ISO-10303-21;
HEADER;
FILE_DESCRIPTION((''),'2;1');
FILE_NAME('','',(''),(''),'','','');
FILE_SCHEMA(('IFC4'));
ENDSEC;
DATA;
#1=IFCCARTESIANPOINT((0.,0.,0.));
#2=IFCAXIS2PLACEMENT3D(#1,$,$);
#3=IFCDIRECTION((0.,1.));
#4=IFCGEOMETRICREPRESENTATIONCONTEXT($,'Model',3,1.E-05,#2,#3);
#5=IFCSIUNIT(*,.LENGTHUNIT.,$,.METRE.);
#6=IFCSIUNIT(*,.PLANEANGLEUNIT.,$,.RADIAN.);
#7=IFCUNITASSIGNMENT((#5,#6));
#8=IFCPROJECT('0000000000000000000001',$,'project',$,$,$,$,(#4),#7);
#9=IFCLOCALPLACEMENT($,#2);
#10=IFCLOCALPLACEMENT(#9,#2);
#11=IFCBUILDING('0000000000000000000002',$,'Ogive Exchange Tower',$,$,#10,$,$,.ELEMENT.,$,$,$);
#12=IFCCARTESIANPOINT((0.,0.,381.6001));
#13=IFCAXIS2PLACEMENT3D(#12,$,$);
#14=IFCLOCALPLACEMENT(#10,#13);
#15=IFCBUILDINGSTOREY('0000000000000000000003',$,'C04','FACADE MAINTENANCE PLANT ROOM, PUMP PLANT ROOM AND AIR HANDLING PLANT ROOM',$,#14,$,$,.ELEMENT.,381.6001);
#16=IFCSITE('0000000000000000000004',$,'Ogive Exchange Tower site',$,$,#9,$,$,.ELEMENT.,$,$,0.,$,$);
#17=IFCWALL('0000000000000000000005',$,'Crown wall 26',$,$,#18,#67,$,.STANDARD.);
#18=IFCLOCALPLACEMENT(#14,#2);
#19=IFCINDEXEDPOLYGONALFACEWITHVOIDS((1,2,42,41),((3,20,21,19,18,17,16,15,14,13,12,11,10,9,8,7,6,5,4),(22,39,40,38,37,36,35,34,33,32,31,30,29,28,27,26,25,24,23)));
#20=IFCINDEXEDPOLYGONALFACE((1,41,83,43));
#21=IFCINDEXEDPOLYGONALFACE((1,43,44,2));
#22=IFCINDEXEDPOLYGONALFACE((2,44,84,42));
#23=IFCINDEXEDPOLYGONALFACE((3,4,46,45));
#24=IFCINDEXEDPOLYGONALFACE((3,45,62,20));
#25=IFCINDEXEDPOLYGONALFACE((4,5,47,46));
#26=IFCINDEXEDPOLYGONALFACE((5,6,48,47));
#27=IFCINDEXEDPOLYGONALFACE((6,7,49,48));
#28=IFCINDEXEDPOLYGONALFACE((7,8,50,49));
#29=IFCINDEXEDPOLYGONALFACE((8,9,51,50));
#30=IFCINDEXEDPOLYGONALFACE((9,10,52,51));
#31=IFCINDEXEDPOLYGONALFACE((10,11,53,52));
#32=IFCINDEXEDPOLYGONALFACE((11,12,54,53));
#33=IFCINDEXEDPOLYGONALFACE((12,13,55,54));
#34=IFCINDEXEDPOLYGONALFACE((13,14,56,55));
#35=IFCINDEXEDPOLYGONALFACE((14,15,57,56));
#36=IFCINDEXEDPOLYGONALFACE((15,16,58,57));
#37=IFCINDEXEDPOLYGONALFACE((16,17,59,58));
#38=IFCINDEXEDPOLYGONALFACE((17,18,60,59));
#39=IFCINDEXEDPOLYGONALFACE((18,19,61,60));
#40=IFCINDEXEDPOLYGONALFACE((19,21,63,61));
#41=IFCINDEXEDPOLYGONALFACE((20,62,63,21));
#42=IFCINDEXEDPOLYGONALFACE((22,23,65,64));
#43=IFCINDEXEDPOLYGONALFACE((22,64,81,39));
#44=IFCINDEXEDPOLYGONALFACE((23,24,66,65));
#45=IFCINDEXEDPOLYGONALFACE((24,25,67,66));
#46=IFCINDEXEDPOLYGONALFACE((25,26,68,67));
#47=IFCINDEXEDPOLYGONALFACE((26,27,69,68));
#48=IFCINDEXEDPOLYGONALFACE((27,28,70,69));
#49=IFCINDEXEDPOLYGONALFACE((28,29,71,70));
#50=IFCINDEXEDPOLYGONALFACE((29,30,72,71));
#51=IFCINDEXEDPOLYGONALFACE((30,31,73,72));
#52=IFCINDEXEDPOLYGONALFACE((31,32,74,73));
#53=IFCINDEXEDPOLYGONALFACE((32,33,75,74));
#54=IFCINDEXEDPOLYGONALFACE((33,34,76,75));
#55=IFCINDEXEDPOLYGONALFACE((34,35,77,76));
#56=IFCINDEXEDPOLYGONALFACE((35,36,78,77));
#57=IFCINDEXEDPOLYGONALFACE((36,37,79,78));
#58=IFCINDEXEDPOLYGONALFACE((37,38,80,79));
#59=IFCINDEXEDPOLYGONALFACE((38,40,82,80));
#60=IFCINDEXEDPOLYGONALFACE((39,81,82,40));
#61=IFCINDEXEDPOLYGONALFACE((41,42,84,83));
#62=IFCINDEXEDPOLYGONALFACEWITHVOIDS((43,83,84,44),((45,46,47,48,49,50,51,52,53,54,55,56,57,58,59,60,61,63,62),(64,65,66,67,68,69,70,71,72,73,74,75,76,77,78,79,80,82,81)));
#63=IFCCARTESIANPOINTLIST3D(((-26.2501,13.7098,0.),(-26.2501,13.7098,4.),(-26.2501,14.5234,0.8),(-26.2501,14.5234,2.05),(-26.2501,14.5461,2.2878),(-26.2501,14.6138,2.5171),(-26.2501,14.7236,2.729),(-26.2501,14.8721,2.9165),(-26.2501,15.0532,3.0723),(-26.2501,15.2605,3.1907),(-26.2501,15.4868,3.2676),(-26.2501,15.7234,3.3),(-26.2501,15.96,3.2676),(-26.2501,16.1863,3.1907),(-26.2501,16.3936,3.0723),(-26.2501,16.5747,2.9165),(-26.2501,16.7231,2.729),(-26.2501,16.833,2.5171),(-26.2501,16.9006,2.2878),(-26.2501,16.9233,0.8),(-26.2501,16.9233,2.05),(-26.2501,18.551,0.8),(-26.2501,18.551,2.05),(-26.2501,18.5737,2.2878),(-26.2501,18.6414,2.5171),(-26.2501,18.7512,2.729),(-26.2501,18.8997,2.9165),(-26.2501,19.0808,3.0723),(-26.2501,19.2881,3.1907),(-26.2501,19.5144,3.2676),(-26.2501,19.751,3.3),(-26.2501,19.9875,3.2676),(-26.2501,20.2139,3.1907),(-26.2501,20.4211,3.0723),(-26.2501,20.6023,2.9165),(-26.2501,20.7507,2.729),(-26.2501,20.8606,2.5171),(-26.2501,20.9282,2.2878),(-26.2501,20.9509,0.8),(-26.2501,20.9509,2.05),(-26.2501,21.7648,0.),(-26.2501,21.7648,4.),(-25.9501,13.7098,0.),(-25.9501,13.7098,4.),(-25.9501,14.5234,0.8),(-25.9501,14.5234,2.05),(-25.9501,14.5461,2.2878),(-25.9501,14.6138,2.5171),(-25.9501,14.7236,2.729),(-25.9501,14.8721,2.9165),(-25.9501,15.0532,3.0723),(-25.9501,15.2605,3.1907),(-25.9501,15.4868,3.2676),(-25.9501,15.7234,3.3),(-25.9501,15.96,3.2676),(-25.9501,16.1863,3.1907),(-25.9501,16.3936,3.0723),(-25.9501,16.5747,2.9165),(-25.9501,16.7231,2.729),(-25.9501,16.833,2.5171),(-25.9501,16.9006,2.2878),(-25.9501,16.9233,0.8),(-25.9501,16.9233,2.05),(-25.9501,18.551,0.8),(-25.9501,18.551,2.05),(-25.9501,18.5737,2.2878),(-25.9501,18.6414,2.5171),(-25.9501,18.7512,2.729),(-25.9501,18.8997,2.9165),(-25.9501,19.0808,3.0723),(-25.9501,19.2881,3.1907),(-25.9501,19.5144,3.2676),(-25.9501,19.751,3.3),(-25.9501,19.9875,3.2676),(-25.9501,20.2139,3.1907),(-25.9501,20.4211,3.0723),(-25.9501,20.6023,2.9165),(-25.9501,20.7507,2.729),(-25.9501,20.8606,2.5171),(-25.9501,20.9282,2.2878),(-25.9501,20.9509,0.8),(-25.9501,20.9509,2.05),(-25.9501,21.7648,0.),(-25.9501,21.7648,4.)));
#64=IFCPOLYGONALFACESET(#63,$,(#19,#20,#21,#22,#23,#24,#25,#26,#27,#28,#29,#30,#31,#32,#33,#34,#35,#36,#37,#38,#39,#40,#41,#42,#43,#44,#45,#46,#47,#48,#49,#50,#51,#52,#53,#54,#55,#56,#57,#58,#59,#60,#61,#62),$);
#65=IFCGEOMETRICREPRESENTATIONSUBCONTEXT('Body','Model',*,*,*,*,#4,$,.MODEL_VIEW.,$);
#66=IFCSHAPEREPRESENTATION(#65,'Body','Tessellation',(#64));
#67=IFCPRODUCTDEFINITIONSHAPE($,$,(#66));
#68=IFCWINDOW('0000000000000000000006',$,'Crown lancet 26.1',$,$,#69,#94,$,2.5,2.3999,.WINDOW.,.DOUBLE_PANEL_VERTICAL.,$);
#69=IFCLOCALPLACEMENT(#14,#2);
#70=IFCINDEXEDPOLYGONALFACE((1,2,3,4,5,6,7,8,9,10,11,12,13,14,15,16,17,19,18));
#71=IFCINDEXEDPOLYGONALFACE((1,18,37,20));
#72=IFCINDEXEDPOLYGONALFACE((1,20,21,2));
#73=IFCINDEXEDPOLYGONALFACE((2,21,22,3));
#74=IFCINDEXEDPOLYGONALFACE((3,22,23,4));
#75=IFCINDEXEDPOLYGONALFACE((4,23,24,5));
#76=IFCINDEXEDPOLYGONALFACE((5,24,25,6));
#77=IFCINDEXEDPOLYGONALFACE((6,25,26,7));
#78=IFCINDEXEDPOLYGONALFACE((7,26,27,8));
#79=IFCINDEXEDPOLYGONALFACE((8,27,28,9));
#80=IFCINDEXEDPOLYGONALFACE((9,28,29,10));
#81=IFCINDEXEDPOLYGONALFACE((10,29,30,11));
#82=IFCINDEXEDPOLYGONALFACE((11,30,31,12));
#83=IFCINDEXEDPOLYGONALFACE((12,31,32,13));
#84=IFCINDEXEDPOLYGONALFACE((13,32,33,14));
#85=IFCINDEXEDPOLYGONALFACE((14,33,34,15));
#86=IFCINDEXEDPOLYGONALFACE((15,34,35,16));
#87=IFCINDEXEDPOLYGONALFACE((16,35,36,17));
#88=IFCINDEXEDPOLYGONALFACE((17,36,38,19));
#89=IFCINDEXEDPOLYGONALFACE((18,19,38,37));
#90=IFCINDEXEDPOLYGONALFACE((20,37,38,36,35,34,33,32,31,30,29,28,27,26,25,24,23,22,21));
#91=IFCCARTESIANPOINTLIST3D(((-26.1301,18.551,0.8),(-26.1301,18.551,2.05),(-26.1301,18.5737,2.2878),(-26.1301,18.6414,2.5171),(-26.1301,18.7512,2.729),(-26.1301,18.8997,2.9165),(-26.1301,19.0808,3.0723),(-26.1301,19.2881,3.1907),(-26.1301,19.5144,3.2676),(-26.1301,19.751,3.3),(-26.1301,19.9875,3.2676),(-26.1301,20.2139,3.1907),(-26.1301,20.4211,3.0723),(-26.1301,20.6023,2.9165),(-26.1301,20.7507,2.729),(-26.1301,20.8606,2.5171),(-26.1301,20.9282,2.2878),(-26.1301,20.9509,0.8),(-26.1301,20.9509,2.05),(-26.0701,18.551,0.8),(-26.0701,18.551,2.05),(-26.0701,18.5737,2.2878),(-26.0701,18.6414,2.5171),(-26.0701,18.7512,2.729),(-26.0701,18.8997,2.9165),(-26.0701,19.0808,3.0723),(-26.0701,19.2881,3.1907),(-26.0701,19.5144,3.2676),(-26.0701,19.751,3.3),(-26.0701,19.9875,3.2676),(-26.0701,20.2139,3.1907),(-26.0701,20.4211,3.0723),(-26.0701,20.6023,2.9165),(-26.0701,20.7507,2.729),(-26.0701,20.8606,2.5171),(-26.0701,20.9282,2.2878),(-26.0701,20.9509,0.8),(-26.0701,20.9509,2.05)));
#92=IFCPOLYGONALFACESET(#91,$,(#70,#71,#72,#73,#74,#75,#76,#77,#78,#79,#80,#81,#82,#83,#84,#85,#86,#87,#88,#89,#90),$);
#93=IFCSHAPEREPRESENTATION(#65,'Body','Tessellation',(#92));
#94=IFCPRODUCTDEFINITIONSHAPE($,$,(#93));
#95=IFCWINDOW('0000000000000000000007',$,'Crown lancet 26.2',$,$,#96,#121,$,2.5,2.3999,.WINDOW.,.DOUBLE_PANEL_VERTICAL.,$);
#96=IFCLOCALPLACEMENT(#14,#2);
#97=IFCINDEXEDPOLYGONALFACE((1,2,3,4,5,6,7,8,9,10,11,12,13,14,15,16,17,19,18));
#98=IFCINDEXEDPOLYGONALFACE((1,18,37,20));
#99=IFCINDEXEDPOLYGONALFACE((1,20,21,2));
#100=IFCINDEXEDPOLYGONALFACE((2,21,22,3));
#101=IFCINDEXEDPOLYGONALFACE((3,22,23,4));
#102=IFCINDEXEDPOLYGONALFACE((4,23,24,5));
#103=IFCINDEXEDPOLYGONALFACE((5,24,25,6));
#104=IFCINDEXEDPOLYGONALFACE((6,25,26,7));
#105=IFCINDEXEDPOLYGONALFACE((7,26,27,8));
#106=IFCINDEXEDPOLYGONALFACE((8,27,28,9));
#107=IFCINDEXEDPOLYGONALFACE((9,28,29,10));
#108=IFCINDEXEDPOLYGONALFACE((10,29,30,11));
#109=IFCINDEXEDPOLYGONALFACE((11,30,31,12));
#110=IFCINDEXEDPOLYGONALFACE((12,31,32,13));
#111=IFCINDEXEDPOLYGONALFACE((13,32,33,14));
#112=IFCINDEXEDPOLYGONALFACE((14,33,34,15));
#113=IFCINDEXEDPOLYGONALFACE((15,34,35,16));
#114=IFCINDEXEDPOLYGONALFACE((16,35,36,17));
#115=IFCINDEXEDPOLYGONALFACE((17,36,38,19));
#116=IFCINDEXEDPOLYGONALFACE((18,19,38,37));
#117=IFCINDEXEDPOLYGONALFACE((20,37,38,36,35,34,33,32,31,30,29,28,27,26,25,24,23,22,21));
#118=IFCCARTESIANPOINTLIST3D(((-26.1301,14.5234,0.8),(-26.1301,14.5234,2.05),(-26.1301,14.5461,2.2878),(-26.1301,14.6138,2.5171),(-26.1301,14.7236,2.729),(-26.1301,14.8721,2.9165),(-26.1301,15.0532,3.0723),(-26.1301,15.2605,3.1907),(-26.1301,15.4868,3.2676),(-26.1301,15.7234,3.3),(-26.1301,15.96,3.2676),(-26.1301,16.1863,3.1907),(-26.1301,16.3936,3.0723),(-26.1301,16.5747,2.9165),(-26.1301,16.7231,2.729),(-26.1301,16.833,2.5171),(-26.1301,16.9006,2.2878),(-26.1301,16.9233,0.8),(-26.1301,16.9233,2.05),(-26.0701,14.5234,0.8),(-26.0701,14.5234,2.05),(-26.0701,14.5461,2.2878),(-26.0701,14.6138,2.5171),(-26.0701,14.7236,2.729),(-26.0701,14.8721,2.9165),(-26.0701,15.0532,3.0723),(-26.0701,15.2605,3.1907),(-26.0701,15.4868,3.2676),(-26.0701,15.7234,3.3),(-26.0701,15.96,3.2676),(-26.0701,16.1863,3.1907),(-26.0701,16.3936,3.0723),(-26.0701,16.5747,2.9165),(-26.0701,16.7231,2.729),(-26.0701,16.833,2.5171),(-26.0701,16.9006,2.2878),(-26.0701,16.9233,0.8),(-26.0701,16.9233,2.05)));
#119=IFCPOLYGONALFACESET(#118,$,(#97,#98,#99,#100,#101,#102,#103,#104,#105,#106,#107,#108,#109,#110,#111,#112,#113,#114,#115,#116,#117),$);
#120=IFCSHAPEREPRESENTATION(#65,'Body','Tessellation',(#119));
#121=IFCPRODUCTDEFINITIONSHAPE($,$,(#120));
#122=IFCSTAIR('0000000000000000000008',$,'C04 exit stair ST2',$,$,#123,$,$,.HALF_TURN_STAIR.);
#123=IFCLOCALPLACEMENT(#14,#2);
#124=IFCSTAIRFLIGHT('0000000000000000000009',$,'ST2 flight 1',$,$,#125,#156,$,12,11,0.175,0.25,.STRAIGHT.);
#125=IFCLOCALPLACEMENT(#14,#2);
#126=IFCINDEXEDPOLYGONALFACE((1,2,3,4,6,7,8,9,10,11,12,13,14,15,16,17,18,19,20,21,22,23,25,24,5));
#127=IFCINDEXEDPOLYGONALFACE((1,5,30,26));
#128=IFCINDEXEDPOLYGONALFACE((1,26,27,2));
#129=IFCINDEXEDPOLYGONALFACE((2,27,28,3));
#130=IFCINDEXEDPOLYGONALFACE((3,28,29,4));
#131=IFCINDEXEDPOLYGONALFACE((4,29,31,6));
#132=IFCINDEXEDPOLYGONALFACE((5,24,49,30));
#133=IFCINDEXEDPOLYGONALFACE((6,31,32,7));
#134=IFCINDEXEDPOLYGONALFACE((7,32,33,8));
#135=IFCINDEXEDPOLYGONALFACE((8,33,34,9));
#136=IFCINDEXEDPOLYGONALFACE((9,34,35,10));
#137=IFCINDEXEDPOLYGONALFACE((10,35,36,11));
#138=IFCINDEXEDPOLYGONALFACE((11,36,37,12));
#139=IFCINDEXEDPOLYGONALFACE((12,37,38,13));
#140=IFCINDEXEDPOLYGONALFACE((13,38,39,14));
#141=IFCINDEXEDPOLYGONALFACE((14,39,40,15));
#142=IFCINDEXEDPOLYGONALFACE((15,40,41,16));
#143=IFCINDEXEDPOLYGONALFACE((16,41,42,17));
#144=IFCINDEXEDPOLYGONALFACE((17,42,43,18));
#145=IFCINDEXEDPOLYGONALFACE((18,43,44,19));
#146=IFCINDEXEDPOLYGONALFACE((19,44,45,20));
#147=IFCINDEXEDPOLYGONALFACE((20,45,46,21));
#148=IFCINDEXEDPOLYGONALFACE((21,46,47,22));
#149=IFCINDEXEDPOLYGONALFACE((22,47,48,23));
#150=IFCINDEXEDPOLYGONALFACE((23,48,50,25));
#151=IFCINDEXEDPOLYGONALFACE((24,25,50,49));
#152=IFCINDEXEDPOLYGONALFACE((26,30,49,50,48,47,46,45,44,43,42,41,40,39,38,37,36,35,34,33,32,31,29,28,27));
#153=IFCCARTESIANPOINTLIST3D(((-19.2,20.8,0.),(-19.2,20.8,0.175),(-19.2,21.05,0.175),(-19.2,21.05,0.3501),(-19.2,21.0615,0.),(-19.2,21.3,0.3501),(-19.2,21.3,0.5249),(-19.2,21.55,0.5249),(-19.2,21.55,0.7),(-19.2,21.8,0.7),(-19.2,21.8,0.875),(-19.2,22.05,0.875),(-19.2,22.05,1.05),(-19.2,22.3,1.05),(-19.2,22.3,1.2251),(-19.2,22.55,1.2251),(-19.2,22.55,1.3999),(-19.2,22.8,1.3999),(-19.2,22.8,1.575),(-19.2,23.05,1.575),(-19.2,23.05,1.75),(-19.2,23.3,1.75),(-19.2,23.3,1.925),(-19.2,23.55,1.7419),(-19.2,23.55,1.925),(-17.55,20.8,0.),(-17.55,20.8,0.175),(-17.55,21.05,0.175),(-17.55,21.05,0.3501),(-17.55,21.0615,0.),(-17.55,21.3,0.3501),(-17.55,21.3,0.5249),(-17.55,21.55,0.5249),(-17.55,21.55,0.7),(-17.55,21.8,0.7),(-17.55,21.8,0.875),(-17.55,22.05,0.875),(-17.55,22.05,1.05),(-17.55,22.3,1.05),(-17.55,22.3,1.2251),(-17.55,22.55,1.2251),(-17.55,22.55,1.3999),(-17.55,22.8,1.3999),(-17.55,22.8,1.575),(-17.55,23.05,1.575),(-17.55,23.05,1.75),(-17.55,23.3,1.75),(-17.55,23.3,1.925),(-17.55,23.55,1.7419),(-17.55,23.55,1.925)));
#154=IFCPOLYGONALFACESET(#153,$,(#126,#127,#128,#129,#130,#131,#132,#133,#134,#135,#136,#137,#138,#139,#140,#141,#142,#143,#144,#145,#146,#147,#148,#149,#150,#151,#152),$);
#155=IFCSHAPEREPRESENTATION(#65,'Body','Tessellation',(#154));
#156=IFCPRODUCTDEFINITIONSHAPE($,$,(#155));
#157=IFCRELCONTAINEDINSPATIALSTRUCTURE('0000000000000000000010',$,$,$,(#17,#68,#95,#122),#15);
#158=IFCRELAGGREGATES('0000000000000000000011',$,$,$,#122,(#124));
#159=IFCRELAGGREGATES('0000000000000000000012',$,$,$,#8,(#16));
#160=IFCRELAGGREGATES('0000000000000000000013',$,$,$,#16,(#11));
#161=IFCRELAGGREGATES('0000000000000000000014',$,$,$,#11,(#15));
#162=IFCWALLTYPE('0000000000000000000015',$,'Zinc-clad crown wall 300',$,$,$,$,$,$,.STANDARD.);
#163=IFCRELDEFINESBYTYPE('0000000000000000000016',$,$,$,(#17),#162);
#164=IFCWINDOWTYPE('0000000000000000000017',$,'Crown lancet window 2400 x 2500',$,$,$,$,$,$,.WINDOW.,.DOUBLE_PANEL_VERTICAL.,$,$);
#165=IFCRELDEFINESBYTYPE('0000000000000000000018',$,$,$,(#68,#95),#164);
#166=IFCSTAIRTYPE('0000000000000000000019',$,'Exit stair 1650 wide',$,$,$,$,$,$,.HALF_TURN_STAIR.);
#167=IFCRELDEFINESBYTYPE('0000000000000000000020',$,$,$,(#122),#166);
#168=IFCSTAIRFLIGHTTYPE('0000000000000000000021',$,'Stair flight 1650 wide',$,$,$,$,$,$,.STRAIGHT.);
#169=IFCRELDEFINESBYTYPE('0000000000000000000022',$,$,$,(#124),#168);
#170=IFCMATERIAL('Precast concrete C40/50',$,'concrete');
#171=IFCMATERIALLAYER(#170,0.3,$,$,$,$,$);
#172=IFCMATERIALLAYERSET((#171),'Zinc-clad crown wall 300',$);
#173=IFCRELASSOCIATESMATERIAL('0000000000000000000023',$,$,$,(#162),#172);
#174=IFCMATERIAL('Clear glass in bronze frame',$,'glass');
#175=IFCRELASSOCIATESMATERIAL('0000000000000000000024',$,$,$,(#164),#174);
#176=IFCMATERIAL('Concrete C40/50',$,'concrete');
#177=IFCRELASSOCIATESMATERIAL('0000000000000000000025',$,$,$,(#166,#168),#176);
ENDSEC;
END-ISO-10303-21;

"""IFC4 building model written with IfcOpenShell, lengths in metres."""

from ifc_helpers import new_model, si_unit, direction, frame, frame_2d, origin, place, context, subcontext, project, spatial, polyline, rectangle, outline, extrude, material, layer, layer_set, type_object, element, fill, aggregate, save


model = new_model("IFC4")

# Units and contexts
model_context = context("Model", 3, precision=1e-05, world=origin(), true_north=direction((0.0, 1.0)))
body_context = subcontext(model_context, "Body", "Model", "MODEL_VIEW")
ifc_project = project(units=[si_unit("LENGTHUNIT", "METRE"), si_unit("PLANEANGLEUNIT", "RADIAN")], contexts=[model_context])

# Site, building, storey
site_placement = place(None, origin())
site = spatial("IfcSite", under=ifc_project, at=site_placement, Name="Ogive Exchange Tower site", CompositionType="ELEMENT", RefElevation=0.0)
building_placement = place(site_placement, origin())
building = spatial("IfcBuilding", under=site, at=building_placement, Name="Ogive Exchange Tower", CompositionType="ELEMENT")
storey_placement = place(building_placement, frame((0.0, 0.0, 381.6001)))
storey = spatial("IfcBuildingStorey", under=building, at=storey_placement, Name="C04", Description="FACADE MAINTENANCE PLANT ROOM, PUMP PLANT ROOM AND AIR HANDLING PLANT ROOM", CompositionType="ELEMENT", Elevation=381.6001)

# Wall, openings, windows
ifc_material_1 = material(Name="Precast concrete C40/50", Category="concrete")
ifc_layer_1 = layer(ifc_material_1, 0.3)
ifc_layer_set_1 = layer_set([ifc_layer_1], Name="Zinc-clad crown wall 300")
wall_type_1 = type_object("IfcWallType", Name="Zinc-clad crown wall 300", PredefinedType="STANDARD", material=ifc_layer_set_1)
ifc_material_2 = material(Name="Clear glass in bronze frame", Category="glass")
window_type = type_object("IfcWindowType", Name="Crown lancet window 2400 x 2500", PartitioningType="DOUBLE_PANEL_VERTICAL", PredefinedType="WINDOW", material=ifc_material_2)
wall_1_placement = place(storey_placement, frame((-26.1001, 21.7646, 0.0), z_axis=(0.0, 0.0, 1.0), x_axis=(0.0, -1.0, 0.0)))
wall_1 = element("IfcWall", 1, at=wall_1_placement, inside=storey, type_object=wall_type_1, Name="Crown wall 26", PredefinedType="STANDARD", context=body_context, shape_type="SweptSolid", body=[
    extrude(rectangle(XDim=8.0549, YDim=0.3, at=frame_2d((4.0273, 0.0))), origin(), (0.0, 0.0, 1.0), 4.0),
])
opening_1_placement = place(wall_1_placement, frame((0.8137, 0.0, 0.8)))
opening_1 = element("IfcOpeningElement", 2, at=opening_1_placement, cuts=wall_1, PredefinedType="OPENING", context=body_context, shape_type="SweptSolid", body=[
    extrude(outline(polyline([(0.0, 0.0), (2.3999, 0.0), (2.3999, 1.25), (2.3772, 1.4878), (2.3096, 1.717), (2.1997, 1.929), (2.0513, 2.1165), (1.8701, 2.2722), (1.6628, 2.3906), (1.4365, 2.4675), (1.2, 2.5), (0.9634, 2.4675), (0.7371, 2.3906), (0.5298, 2.2722), (0.3486, 2.1165), (0.2002, 1.929), (0.0903, 1.717), (0.0227, 1.4878), (0.0, 1.25), (0.0, 0.0)])), frame((0.0, 0.1599, 0.0), z_axis=(0.0, -1.0, 0.0), x_axis=(1.0, 0.0, 0.0)), (0.0, 0.0, 1.0), 0.3201),
])
opening_2_placement = place(wall_1_placement, frame((4.8413, 0.0, 0.8)))
opening_2 = element("IfcOpeningElement", 3, at=opening_2_placement, cuts=wall_1, PredefinedType="OPENING", context=body_context, shape_type="SweptSolid", body=[
    extrude(outline(polyline([(0.0, 0.0), (2.3999, 0.0), (2.3999, 1.25), (2.3772, 1.4878), (2.3096, 1.717), (2.1997, 1.929), (2.0513, 2.1165), (1.8701, 2.2722), (1.6628, 2.3906), (1.4365, 2.4675), (1.2, 2.5), (0.9634, 2.4675), (0.7371, 2.3906), (0.5298, 2.2722), (0.3486, 2.1165), (0.2002, 1.929), (0.0903, 1.717), (0.0227, 1.4878), (0.0, 1.25), (0.0, 0.0)])), frame((0.0, 0.1599, 0.0), z_axis=(0.0, -1.0, 0.0), x_axis=(1.0, 0.0, 0.0)), (0.0, 0.0, 1.0), 0.3201),
])
window_1_placement = place(opening_1_placement, origin())
window_1 = element("IfcWindow", 4, at=window_1_placement, inside=storey, type_object=window_type, Name="Crown lancet 26.1", OverallHeight=2.5, OverallWidth=2.3999, PartitioningType="DOUBLE_PANEL_VERTICAL", PredefinedType="WINDOW", context=body_context, shape_type="SweptSolid", body=[
    extrude(outline(polyline([(0.0, 0.0), (2.3999, 0.0), (2.3999, 1.25), (2.3772, 1.4878), (2.3096, 1.717), (2.1997, 1.929), (2.0513, 2.1165), (1.8701, 2.2722), (1.6628, 2.3906), (1.4365, 2.4675), (1.2, 2.5), (0.9634, 2.4675), (0.7371, 2.3906), (0.5298, 2.2722), (0.3486, 2.1165), (0.2002, 1.929), (0.0903, 1.717), (0.0227, 1.4878), (0.0, 1.25), (0.0, 0.0)])), frame((0.0, 0.03, 0.0), z_axis=(0.0, -1.0, 0.0), x_axis=(1.0, 0.0, 0.0)), (0.0, 0.0, 1.0), 0.0601),
])
fill(opening_1, window_1)
window_2_placement = place(opening_2_placement, origin())
window_2 = element("IfcWindow", 5, at=window_2_placement, inside=storey, type_object=window_type, Name="Crown lancet 26.2", OverallHeight=2.5, OverallWidth=2.3999, PartitioningType="DOUBLE_PANEL_VERTICAL", PredefinedType="WINDOW", context=body_context, shape_type="SweptSolid", body=[
    extrude(outline(polyline([(0.0, 0.0), (2.3999, 0.0), (2.3999, 1.25), (2.3772, 1.4878), (2.3096, 1.717), (2.1997, 1.929), (2.0513, 2.1165), (1.8701, 2.2722), (1.6628, 2.3906), (1.4365, 2.4675), (1.2, 2.5), (0.9634, 2.4675), (0.7371, 2.3906), (0.5298, 2.2722), (0.3486, 2.1165), (0.2002, 1.929), (0.0903, 1.717), (0.0227, 1.4878), (0.0, 1.25), (0.0, 0.0)])), frame((0.0, 0.03, 0.0), z_axis=(0.0, -1.0, 0.0), x_axis=(1.0, 0.0, 0.0)), (0.0, 0.0, 1.0), 0.0601),
])
fill(opening_2, window_2)

# Stair, stair flight
ifc_material_3 = material(Name="Concrete C40/50", Category="concrete")
stair_type = type_object("IfcStairType", Name="Exit stair 1650 wide", PredefinedType="HALF_TURN_STAIR", material=ifc_material_3)
stair_placement = place(storey_placement, origin())
stair = element("IfcStair", 6, at=stair_placement, inside=storey, type_object=stair_type, Name="C04 exit stair ST2", PredefinedType="HALF_TURN_STAIR")
stair_flight_type = type_object("IfcStairFlightType", Name="Stair flight 1650 wide", PredefinedType="STRAIGHT", material=ifc_material_3)
stair_flight_1_placement = place(storey_placement, frame((-18.375, 20.8, 0.0), z_axis=(0.0, 0.0, 1.0), x_axis=(0.0, 1.0, 0.0)))
stair_flight_1 = element("IfcStairFlight", 7, at=stair_flight_1_placement, type_object=stair_flight_type, Name="ST2 flight 1", NumberOfRisers=12, NumberOfTreads=11, PredefinedType="STRAIGHT", RiserHeight=0.175, TreadLength=0.25, context=body_context, shape_type="SweptSolid", body=[
    extrude(outline(polyline([(0.0, 0.0), (0.0, 0.175), (0.25, 0.175), (0.25, 0.3501), (0.5, 0.3501), (0.5, 0.5249), (0.75, 0.5249), (0.75, 0.7), (1.0, 0.7), (1.0, 0.875), (1.25, 0.875), (1.25, 1.05), (1.5, 1.05), (1.5, 1.2251), (1.75, 1.2251), (1.75, 1.3999), (2.0, 1.3999), (2.0, 1.575), (2.25, 1.575), (2.25, 1.75), (2.5, 1.75), (2.5, 1.925), (2.75, 1.925), (2.75, 2.1001), (2.75, 1.7419), (0.2615, 0.0), (0.0, 0.0)])), frame((0.0, 0.825, 0.0), z_axis=(0.0, -1.0, 0.0), x_axis=(1.0, 0.0, 0.0)), (0.0, 0.0, 1.0), 1.6499),
])
aggregate(stair, [stair_flight_1])

save(model, "model.ifc")
